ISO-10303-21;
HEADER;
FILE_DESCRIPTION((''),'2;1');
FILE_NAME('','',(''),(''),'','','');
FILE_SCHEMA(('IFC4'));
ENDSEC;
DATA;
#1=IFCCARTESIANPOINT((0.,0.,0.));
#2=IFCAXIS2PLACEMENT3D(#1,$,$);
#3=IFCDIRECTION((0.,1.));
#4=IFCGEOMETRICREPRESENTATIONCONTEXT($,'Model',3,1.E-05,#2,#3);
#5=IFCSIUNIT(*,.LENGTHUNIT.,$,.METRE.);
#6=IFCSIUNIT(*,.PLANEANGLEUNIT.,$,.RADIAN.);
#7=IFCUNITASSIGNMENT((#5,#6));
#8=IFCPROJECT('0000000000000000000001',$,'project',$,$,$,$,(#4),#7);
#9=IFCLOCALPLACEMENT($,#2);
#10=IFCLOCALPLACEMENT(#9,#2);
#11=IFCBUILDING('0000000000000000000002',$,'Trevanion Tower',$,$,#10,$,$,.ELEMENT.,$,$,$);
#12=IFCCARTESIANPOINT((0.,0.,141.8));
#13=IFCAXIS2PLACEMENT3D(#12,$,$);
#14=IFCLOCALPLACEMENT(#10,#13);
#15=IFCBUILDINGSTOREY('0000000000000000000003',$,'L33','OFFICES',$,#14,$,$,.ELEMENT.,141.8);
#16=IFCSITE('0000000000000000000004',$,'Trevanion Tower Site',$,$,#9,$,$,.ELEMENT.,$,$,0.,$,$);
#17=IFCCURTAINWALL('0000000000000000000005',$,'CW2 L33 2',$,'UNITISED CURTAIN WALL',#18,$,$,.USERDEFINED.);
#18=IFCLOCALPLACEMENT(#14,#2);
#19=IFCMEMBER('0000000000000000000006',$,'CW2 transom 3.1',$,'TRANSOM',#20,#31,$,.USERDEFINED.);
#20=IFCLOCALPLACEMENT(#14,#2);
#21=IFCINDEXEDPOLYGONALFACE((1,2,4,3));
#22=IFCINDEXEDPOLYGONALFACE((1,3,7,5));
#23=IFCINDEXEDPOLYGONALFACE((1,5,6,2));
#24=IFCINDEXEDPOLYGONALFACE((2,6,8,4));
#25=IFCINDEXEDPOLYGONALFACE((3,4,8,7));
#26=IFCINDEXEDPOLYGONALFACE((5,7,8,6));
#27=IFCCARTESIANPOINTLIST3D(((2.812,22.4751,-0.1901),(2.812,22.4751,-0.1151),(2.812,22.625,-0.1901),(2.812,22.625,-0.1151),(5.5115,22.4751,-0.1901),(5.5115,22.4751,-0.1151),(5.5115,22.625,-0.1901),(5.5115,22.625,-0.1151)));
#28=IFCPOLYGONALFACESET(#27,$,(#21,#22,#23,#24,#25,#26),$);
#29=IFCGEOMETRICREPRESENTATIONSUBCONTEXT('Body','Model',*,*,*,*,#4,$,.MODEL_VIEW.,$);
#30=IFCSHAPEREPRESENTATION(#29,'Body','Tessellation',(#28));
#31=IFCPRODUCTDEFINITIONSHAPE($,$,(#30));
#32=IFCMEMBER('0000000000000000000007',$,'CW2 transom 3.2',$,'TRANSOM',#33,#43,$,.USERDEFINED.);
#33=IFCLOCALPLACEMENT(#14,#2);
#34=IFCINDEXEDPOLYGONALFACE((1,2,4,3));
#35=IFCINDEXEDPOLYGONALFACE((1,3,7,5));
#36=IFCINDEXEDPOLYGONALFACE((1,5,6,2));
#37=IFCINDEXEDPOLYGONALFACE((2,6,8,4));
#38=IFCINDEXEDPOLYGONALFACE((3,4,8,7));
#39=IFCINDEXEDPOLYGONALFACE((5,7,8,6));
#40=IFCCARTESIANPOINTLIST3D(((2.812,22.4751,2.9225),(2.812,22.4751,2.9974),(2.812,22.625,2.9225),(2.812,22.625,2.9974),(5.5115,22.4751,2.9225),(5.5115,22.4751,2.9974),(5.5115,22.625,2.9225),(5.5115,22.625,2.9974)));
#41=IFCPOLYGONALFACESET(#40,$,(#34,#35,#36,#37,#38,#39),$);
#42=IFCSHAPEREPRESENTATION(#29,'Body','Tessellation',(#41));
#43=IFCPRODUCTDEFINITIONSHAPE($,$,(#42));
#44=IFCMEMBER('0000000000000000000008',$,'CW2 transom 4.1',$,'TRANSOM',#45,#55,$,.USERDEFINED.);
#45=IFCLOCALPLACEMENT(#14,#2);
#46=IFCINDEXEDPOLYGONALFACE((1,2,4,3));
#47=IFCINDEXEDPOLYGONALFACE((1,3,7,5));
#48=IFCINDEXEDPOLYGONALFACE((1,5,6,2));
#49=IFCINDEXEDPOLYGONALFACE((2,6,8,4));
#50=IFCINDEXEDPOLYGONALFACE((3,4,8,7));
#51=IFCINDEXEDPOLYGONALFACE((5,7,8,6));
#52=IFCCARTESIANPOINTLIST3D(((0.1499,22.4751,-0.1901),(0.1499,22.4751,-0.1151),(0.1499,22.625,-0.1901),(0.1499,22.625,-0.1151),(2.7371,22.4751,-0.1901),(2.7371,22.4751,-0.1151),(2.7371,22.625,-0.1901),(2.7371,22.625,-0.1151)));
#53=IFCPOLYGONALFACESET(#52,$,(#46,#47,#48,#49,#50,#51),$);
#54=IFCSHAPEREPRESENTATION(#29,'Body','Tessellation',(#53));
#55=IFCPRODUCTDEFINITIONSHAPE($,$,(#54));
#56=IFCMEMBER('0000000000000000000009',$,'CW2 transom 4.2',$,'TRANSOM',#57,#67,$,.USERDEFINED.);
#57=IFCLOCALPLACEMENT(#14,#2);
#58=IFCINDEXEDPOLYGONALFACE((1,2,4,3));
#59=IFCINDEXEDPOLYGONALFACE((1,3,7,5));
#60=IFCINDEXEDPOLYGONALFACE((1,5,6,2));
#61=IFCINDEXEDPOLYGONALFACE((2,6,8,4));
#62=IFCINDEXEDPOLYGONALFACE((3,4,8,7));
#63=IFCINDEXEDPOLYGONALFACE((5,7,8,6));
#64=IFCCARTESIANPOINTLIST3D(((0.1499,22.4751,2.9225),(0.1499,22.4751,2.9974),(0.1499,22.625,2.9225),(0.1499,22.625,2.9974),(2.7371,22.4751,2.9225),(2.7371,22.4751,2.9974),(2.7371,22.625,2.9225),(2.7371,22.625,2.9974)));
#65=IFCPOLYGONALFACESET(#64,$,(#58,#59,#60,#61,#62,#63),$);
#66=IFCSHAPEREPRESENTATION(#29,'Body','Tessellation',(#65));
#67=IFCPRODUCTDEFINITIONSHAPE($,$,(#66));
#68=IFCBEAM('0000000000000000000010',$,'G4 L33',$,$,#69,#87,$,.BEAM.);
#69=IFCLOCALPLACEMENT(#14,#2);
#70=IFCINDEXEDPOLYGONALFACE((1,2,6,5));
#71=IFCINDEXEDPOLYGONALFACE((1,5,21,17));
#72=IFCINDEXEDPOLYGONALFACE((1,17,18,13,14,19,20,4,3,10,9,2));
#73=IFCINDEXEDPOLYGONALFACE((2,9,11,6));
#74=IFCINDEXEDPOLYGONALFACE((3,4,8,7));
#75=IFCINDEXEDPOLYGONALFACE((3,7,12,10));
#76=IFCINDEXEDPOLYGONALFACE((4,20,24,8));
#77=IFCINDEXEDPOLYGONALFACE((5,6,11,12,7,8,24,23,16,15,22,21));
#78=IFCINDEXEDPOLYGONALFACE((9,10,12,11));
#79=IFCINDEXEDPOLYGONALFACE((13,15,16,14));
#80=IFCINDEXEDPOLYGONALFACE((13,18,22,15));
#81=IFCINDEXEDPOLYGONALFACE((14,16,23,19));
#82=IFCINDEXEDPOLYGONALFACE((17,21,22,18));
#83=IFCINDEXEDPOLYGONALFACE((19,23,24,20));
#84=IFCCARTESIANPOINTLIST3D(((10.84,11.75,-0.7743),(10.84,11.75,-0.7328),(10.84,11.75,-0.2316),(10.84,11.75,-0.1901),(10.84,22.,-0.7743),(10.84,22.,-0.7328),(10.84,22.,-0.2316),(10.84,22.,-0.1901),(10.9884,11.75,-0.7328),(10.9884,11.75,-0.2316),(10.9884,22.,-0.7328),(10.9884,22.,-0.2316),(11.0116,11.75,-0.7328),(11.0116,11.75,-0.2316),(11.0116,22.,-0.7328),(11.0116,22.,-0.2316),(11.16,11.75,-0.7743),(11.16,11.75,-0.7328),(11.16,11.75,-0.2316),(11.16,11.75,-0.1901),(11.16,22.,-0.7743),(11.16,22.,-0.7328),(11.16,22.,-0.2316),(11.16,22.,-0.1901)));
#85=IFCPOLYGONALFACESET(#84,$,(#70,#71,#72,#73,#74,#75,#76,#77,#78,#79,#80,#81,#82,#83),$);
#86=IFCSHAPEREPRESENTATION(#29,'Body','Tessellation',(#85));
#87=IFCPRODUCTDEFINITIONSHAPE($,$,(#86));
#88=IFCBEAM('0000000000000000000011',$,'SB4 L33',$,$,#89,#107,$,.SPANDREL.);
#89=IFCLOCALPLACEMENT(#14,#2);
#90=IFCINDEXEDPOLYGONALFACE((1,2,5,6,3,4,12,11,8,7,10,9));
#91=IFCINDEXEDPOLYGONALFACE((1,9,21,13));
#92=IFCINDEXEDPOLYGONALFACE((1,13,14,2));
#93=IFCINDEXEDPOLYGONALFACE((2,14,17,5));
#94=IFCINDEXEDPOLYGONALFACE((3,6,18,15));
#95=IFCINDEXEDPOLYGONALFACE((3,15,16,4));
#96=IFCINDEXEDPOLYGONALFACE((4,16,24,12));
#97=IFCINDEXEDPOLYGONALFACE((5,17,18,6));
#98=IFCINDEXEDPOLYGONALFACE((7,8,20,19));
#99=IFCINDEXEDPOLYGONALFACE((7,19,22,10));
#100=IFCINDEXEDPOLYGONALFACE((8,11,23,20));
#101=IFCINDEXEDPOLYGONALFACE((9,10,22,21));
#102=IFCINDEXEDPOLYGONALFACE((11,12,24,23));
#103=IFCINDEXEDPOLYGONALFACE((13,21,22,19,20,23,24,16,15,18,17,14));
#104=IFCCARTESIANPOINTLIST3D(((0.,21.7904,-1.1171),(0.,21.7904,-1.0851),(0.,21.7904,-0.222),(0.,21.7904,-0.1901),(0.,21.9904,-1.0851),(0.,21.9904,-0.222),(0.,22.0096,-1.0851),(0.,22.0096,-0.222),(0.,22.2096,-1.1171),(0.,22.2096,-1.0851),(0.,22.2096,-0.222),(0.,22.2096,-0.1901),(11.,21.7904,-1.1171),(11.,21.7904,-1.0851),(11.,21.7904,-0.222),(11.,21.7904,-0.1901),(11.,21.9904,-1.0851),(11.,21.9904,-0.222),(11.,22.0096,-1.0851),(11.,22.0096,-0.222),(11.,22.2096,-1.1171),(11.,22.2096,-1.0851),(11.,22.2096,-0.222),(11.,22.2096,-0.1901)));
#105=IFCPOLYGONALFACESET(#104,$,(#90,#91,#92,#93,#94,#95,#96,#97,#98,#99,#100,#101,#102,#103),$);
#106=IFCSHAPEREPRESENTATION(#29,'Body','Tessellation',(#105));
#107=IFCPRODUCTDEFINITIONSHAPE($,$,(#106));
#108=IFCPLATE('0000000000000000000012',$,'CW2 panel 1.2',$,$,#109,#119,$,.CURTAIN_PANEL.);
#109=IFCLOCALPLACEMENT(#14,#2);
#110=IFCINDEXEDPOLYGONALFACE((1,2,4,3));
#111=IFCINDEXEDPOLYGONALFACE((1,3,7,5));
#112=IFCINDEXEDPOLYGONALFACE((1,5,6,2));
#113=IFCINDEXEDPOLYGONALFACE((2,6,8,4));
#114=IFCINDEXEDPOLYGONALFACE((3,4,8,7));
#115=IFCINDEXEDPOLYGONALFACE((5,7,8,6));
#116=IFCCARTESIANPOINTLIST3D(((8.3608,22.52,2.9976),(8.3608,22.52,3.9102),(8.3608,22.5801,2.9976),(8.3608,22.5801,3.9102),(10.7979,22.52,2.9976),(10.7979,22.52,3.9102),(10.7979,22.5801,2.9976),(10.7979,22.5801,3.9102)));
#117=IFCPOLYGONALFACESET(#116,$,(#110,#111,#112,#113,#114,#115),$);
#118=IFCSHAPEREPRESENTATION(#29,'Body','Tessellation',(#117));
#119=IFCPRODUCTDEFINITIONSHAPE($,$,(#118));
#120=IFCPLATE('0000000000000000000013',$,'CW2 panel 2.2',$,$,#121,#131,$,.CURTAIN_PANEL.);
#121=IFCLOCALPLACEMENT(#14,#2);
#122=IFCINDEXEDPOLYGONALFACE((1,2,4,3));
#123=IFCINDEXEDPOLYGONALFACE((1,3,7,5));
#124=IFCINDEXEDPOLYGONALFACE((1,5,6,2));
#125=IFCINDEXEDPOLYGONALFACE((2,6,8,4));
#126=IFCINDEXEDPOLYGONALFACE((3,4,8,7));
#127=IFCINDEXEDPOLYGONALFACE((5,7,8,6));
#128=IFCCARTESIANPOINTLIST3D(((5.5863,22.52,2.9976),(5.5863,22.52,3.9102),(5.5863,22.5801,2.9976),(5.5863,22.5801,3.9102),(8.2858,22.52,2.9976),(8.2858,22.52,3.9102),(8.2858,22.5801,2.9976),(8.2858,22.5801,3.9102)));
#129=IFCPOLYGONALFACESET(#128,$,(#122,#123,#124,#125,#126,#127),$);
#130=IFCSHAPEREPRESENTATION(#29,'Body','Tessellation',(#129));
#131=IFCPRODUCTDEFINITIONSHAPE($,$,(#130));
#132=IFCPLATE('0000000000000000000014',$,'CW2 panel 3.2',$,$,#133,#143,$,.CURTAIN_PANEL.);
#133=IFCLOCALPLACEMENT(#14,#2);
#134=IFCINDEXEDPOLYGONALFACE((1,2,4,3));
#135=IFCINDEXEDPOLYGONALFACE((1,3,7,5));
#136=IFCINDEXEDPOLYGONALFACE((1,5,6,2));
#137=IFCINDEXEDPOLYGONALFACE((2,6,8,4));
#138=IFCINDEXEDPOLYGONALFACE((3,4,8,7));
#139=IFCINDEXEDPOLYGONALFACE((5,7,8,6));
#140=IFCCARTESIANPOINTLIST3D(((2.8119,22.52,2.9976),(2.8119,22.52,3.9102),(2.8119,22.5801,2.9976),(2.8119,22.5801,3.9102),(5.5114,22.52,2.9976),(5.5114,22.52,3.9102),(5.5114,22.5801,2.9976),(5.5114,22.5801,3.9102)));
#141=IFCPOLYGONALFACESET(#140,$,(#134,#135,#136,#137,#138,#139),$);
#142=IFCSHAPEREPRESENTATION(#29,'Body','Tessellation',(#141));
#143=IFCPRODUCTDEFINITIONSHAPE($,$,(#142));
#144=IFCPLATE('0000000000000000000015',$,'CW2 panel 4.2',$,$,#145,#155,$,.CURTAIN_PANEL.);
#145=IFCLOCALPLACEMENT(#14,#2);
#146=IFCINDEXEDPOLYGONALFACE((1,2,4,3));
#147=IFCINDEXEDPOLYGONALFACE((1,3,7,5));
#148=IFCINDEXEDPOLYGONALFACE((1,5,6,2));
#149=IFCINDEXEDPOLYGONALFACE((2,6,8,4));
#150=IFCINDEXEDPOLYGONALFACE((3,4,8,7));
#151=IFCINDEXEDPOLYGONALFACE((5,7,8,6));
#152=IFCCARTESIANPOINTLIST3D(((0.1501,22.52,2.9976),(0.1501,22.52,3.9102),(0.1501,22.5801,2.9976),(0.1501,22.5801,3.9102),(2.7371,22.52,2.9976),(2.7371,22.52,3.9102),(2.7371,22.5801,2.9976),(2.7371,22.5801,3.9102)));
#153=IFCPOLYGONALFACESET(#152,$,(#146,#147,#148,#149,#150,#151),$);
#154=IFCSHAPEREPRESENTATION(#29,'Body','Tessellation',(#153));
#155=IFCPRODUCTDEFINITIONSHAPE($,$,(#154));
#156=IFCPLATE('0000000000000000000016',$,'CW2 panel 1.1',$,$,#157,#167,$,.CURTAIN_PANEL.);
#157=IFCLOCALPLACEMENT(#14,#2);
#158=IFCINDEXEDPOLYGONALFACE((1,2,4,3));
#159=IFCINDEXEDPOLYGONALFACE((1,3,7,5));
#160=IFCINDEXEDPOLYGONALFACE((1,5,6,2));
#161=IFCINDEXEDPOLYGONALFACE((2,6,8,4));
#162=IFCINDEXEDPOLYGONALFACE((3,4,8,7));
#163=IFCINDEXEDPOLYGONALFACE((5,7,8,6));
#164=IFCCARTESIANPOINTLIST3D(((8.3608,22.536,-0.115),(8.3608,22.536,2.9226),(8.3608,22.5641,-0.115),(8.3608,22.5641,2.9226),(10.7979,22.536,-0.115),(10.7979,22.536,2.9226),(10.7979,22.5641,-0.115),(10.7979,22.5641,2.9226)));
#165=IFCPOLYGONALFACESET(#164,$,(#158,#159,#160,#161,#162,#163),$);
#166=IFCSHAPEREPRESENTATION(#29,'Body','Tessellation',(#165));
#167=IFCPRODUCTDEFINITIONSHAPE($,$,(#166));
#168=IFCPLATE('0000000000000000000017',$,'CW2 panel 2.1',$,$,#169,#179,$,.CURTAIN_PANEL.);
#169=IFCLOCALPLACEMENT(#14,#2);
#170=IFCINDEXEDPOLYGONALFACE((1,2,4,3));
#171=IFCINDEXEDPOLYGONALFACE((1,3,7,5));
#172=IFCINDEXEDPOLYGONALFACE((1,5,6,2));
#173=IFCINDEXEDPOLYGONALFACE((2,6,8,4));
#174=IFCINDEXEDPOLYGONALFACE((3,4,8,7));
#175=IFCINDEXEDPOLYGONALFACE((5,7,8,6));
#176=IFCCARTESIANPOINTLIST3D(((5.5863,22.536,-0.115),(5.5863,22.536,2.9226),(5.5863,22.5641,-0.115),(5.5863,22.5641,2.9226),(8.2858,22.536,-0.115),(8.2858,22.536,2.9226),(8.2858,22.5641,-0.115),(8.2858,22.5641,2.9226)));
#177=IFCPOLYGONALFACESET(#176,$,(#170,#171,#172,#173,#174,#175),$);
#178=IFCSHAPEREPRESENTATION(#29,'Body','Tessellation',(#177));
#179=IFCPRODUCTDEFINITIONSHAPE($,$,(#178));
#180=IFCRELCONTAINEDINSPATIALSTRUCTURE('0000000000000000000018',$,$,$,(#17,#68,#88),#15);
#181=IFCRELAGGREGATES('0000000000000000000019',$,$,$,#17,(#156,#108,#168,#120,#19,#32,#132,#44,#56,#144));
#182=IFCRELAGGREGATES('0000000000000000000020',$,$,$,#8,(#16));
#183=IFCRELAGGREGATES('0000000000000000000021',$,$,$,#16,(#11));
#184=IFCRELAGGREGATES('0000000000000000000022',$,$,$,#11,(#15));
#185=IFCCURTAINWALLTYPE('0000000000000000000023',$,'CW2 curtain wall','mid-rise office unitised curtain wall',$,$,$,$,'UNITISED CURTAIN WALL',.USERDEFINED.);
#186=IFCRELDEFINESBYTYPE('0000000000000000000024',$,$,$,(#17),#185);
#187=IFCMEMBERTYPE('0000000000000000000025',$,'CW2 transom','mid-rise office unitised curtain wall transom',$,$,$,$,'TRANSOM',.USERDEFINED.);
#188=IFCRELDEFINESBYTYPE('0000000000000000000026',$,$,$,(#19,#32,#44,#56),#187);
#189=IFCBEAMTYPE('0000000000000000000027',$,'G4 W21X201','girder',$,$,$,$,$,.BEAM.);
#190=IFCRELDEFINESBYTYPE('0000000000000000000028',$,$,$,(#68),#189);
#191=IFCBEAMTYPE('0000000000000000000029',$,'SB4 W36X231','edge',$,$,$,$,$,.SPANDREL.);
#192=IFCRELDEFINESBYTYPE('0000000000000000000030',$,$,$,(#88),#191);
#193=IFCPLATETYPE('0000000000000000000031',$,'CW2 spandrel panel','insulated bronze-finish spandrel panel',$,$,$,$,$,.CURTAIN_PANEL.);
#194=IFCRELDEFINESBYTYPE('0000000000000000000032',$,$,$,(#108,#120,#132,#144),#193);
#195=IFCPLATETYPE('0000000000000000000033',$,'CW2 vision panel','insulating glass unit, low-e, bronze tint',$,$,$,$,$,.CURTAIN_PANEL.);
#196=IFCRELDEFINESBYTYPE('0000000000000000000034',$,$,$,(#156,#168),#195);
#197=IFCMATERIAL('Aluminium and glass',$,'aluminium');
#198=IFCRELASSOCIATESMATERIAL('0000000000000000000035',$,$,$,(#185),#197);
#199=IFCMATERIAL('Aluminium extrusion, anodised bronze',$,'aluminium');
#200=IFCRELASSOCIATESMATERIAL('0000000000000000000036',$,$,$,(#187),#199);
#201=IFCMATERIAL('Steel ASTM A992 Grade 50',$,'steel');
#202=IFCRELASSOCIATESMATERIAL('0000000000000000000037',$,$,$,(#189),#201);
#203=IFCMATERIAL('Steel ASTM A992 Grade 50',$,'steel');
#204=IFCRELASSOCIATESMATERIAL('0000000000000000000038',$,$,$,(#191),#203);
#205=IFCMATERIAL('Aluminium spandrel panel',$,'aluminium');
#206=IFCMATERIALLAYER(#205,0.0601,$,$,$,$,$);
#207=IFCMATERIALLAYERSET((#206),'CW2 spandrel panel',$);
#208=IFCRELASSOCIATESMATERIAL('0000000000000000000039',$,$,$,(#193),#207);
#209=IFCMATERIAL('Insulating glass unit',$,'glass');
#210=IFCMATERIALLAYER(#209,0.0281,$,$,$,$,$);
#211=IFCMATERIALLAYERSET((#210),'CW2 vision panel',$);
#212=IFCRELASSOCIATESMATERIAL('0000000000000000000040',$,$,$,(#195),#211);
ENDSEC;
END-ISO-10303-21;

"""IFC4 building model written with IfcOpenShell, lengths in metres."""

from ifc_helpers import new_model, si_unit, direction, frame, origin, origin_2d, place, context, subcontext, project, spatial, rectangle, i_section, extrude, material, layer, layer_set, material_profile, profile_set, type_object, element, aggregate, save


model = new_model("IFC4")

# Units and contexts
model_context = context("Model", 3, precision=1e-05, world=origin(), true_north=direction((0.0, 1.0)))
body_context = subcontext(model_context, "Body", "Model", "MODEL_VIEW")
ifc_project = project(units=[si_unit("LENGTHUNIT", "METRE"), si_unit("PLANEANGLEUNIT", "RADIAN")], contexts=[model_context])

# Site, building, storey
site_placement = place(None, origin())
site = spatial("IfcSite", under=ifc_project, at=site_placement, Name="Trevanion Tower Site", CompositionType="ELEMENT", RefElevation=0.0)
building_placement = place(site_placement, origin())
building = spatial("IfcBuilding", under=site, at=building_placement, Name="Trevanion Tower", CompositionType="ELEMENT")
storey_placement = place(building_placement, frame((0.0, 0.0, 141.8)))
storey = spatial("IfcBuildingStorey", under=building, at=storey_placement, Name="L33", Description="OFFICES", CompositionType="ELEMENT", Elevation=141.8)

# Curtain wall, members
ifc_material_1 = material(Name="Aluminium and glass", Category="aluminium")
curtain_wall_type = type_object("IfcCurtainWallType", Name="CW2 curtain wall", Description="mid-rise office unitised curtain wall", ElementType="UNITISED CURTAIN WALL", PredefinedType="USERDEFINED", material=ifc_material_1)
curtain_wall_placement = place(storey_placement, origin())
curtain_wall = element("IfcCurtainWall", 1, at=curtain_wall_placement, inside=storey, type_object=curtain_wall_type, Name="CW2 L33 2", ObjectType="UNITISED CURTAIN WALL", PredefinedType="USERDEFINED")
ifc_material_2 = material(Name="Aluminium extrusion, anodised bronze", Category="aluminium")
ifc_material_profile_1 = material_profile(ifc_material_2, rectangle(XDim=0.1499, YDim=0.075, at=origin_2d()), Name="CW2 transom")
ifc_profile_set_1 = profile_set([ifc_material_profile_1], Name="Aluminium extrusion, anodised bronze")
member_type_1 = type_object("IfcMemberType", Name="CW2 transom", Description="mid-rise office unitised curtain wall transom", ElementType="TRANSOM", PredefinedType="USERDEFINED", material=ifc_profile_set_1)
member_1_placement = place(storey_placement, frame((5.5115, 22.55, -0.1526), z_axis=(-1.0, 0.0, 0.0), x_axis=(0.0, -1.0, 0.0)))
member_1 = element("IfcMember", 2, at=member_1_placement, type_object=member_type_1, Name="CW2 transom 3.1", ObjectType="TRANSOM", PredefinedType="USERDEFINED", context=body_context, shape_type="SweptSolid", body=[
    extrude(rectangle(XDim=0.1499, YDim=0.075, at=origin_2d()), origin(), (0.0, 0.0, 1.0), 2.6995),
])
member_2_placement = place(storey_placement, frame((5.5115, 22.55, 2.96), z_axis=(-1.0, 0.0, 0.0), x_axis=(0.0, -1.0, 0.0)))
member_2 = element("IfcMember", 3, at=member_2_placement, type_object=member_type_1, Name="CW2 transom 3.2", ObjectType="TRANSOM", PredefinedType="USERDEFINED", context=body_context, shape_type="SweptSolid", body=[
    extrude(rectangle(XDim=0.1499, YDim=0.075, at=origin_2d()), origin(), (0.0, 0.0, 1.0), 2.6995),
])
member_3_placement = place(storey_placement, frame((2.7371, 22.55, -0.1526), z_axis=(-1.0, 0.0, 0.0), x_axis=(0.0, -1.0, 0.0)))
member_3 = element("IfcMember", 4, at=member_3_placement, type_object=member_type_1, Name="CW2 transom 4.1", ObjectType="TRANSOM", PredefinedType="USERDEFINED", context=body_context, shape_type="SweptSolid", body=[
    extrude(rectangle(XDim=0.1499, YDim=0.075, at=origin_2d()), origin(), (0.0, 0.0, 1.0), 2.5872),
])
member_4_placement = place(storey_placement, frame((2.7371, 22.55, 2.96), z_axis=(-1.0, 0.0, 0.0), x_axis=(0.0, -1.0, 0.0)))
member_4 = element("IfcMember", 5, at=member_4_placement, type_object=member_type_1, Name="CW2 transom 4.2", ObjectType="TRANSOM", PredefinedType="USERDEFINED", context=body_context, shape_type="SweptSolid", body=[
    extrude(rectangle(XDim=0.1499, YDim=0.075, at=origin_2d()), origin(), (0.0, 0.0, 1.0), 2.5872),
])

# Beams
ifc_material_3 = material(Name="Steel ASTM A992 Grade 50", Category="steel")
ifc_material_profile_2 = material_profile(ifc_material_3, i_section(OverallWidth=0.3201, OverallDepth=0.5842, WebThickness=0.0232, FlangeThickness=0.0415, at=origin_2d()), Name="W21X201")
ifc_profile_set_2 = profile_set([ifc_material_profile_2], Name="Steel ASTM A992 Grade 50")
beam_type_1 = type_object("IfcBeamType", Name="G4 W21X201", Description="girder", PredefinedType="BEAM", material=ifc_profile_set_2)
beam_1_placement = place(storey_placement, frame((11.0, 11.75, -0.4822), z_axis=(0.0, 1.0, 0.0), x_axis=(-1.0, 0.0, 0.0)))
element("IfcBeam", 6, at=beam_1_placement, inside=storey, type_object=beam_type_1, Name="G4 L33", PredefinedType="BEAM", context=body_context, shape_type="SweptSolid", body=[
    extrude(i_section(OverallWidth=0.3201, OverallDepth=0.5842, WebThickness=0.0232, FlangeThickness=0.0415, at=origin_2d()), origin(), (0.0, 0.0, 1.0), 10.25),
])
ifc_material_4 = material(Name="Steel ASTM A992 Grade 50", Category="steel")
ifc_material_profile_3 = material_profile(ifc_material_4, i_section(OverallWidth=0.4192, OverallDepth=0.927, WebThickness=0.0193, FlangeThickness=0.032, at=origin_2d()), Name="W36X231")
ifc_profile_set_3 = profile_set([ifc_material_profile_3], Name="Steel ASTM A992 Grade 50")
beam_type_2 = type_object("IfcBeamType", Name="SB4 W36X231", Description="edge", PredefinedType="SPANDREL", material=ifc_profile_set_3)
beam_2_placement = place(storey_placement, frame((11.0, 22.0, -0.6536), z_axis=(-1.0, 0.0, 0.0), x_axis=(0.0, -1.0, 0.0)))
element("IfcBeam", 7, at=beam_2_placement, inside=storey, type_object=beam_type_2, Name="SB4 L33", PredefinedType="SPANDREL", context=body_context, shape_type="SweptSolid", body=[
    extrude(i_section(OverallWidth=0.4192, OverallDepth=0.927, WebThickness=0.0193, FlangeThickness=0.032, at=origin_2d()), origin(), (0.0, 0.0, 1.0), 11.0),
])

# Plates
ifc_material_5 = material(Name="Aluminium spandrel panel", Category="aluminium")
ifc_layer_1 = layer(ifc_material_5, 0.0601)
ifc_layer_set_1 = layer_set([ifc_layer_1], Name="CW2 spandrel panel")
plate_type_1 = type_object("IfcPlateType", Name="CW2 spandrel panel", Description="insulated bronze-finish spandrel panel", PredefinedType="CURTAIN_PANEL", material=ifc_layer_set_1)
plate_1_placement = place(storey_placement, frame((9.5793, 22.55, 2.9976), z_axis=(0.0, 0.0, 1.0), x_axis=(-1.0, 0.0, 0.0)))
plate_1 = element("IfcPlate", 8, at=plate_1_placement, type_object=plate_type_1, Name="CW2 panel 1.2", PredefinedType="CURTAIN_PANEL", context=body_context, shape_type="SweptSolid", body=[
    extrude(rectangle(XDim=2.437, YDim=0.0601, at=origin_2d()), origin(), (0.0, 0.0, 1.0), 0.9126),
])
plate_2_placement = place(storey_placement, frame((6.936, 22.55, 2.9976), z_axis=(0.0, 0.0, 1.0), x_axis=(-1.0, 0.0, 0.0)))
plate_2 = element("IfcPlate", 9, at=plate_2_placement, type_object=plate_type_1, Name="CW2 panel 2.2", PredefinedType="CURTAIN_PANEL", context=body_context, shape_type="SweptSolid", body=[
    extrude(rectangle(XDim=2.6995, YDim=0.0601, at=origin_2d()), origin(), (0.0, 0.0, 1.0), 0.9126),
])
plate_3_placement = place(storey_placement, frame((4.1616, 22.55, 2.9976), z_axis=(0.0, 0.0, 1.0), x_axis=(-1.0, 0.0, 0.0)))
plate_3 = element("IfcPlate", 10, at=plate_3_placement, type_object=plate_type_1, Name="CW2 panel 3.2", PredefinedType="CURTAIN_PANEL", context=body_context, shape_type="SweptSolid", body=[
    extrude(rectangle(XDim=2.6995, YDim=0.0601, at=origin_2d()), origin(), (0.0, 0.0, 1.0), 0.9126),
])
plate_4_placement = place(storey_placement, frame((1.4436, 22.55, 2.9976), z_axis=(0.0, 0.0, 1.0), x_axis=(-1.0, 0.0, 0.0)))
plate_4 = element("IfcPlate", 11, at=plate_4_placement, type_object=plate_type_1, Name="CW2 panel 4.2", PredefinedType="CURTAIN_PANEL", context=body_context, shape_type="SweptSolid", body=[
    extrude(rectangle(XDim=2.5869, YDim=0.0601, at=origin_2d()), origin(), (0.0, 0.0, 1.0), 0.9126),
])
ifc_material_6 = material(Name="Insulating glass unit", Category="glass")
ifc_layer_2 = layer(ifc_material_6, 0.0281)
ifc_layer_set_2 = layer_set([ifc_layer_2], Name="CW2 vision panel")
plate_type_2 = type_object("IfcPlateType", Name="CW2 vision panel", Description="insulating glass unit, low-e, bronze tint", PredefinedType="CURTAIN_PANEL", material=ifc_layer_set_2)
plate_5_placement = place(storey_placement, frame((9.5793, 22.55, -0.115), z_axis=(0.0, 0.0, 1.0), x_axis=(-1.0, 0.0, 0.0)))
plate_5 = element("IfcPlate", 12, at=plate_5_placement, type_object=plate_type_2, Name="CW2 panel 1.1", PredefinedType="CURTAIN_PANEL", context=body_context, shape_type="SweptSolid", body=[
    extrude(rectangle(XDim=2.437, YDim=0.0281, at=origin_2d()), origin(), (0.0, 0.0, 1.0), 3.0376),
])
plate_6_placement = place(storey_placement, frame((6.936, 22.55, -0.115), z_axis=(0.0, 0.0, 1.0), x_axis=(-1.0, 0.0, 0.0)))
plate_6 = element("IfcPlate", 13, at=plate_6_placement, type_object=plate_type_2, Name="CW2 panel 2.1", PredefinedType="CURTAIN_PANEL", context=body_context, shape_type="SweptSolid", body=[
    extrude(rectangle(XDim=2.6995, YDim=0.0281, at=origin_2d()), origin(), (0.0, 0.0, 1.0), 3.0376),
])
aggregate(curtain_wall, [plate_5, plate_1, plate_6, plate_2, member_1, member_2, plate_3, member_3, member_4, plate_4])

save(model, "model.ifc")
